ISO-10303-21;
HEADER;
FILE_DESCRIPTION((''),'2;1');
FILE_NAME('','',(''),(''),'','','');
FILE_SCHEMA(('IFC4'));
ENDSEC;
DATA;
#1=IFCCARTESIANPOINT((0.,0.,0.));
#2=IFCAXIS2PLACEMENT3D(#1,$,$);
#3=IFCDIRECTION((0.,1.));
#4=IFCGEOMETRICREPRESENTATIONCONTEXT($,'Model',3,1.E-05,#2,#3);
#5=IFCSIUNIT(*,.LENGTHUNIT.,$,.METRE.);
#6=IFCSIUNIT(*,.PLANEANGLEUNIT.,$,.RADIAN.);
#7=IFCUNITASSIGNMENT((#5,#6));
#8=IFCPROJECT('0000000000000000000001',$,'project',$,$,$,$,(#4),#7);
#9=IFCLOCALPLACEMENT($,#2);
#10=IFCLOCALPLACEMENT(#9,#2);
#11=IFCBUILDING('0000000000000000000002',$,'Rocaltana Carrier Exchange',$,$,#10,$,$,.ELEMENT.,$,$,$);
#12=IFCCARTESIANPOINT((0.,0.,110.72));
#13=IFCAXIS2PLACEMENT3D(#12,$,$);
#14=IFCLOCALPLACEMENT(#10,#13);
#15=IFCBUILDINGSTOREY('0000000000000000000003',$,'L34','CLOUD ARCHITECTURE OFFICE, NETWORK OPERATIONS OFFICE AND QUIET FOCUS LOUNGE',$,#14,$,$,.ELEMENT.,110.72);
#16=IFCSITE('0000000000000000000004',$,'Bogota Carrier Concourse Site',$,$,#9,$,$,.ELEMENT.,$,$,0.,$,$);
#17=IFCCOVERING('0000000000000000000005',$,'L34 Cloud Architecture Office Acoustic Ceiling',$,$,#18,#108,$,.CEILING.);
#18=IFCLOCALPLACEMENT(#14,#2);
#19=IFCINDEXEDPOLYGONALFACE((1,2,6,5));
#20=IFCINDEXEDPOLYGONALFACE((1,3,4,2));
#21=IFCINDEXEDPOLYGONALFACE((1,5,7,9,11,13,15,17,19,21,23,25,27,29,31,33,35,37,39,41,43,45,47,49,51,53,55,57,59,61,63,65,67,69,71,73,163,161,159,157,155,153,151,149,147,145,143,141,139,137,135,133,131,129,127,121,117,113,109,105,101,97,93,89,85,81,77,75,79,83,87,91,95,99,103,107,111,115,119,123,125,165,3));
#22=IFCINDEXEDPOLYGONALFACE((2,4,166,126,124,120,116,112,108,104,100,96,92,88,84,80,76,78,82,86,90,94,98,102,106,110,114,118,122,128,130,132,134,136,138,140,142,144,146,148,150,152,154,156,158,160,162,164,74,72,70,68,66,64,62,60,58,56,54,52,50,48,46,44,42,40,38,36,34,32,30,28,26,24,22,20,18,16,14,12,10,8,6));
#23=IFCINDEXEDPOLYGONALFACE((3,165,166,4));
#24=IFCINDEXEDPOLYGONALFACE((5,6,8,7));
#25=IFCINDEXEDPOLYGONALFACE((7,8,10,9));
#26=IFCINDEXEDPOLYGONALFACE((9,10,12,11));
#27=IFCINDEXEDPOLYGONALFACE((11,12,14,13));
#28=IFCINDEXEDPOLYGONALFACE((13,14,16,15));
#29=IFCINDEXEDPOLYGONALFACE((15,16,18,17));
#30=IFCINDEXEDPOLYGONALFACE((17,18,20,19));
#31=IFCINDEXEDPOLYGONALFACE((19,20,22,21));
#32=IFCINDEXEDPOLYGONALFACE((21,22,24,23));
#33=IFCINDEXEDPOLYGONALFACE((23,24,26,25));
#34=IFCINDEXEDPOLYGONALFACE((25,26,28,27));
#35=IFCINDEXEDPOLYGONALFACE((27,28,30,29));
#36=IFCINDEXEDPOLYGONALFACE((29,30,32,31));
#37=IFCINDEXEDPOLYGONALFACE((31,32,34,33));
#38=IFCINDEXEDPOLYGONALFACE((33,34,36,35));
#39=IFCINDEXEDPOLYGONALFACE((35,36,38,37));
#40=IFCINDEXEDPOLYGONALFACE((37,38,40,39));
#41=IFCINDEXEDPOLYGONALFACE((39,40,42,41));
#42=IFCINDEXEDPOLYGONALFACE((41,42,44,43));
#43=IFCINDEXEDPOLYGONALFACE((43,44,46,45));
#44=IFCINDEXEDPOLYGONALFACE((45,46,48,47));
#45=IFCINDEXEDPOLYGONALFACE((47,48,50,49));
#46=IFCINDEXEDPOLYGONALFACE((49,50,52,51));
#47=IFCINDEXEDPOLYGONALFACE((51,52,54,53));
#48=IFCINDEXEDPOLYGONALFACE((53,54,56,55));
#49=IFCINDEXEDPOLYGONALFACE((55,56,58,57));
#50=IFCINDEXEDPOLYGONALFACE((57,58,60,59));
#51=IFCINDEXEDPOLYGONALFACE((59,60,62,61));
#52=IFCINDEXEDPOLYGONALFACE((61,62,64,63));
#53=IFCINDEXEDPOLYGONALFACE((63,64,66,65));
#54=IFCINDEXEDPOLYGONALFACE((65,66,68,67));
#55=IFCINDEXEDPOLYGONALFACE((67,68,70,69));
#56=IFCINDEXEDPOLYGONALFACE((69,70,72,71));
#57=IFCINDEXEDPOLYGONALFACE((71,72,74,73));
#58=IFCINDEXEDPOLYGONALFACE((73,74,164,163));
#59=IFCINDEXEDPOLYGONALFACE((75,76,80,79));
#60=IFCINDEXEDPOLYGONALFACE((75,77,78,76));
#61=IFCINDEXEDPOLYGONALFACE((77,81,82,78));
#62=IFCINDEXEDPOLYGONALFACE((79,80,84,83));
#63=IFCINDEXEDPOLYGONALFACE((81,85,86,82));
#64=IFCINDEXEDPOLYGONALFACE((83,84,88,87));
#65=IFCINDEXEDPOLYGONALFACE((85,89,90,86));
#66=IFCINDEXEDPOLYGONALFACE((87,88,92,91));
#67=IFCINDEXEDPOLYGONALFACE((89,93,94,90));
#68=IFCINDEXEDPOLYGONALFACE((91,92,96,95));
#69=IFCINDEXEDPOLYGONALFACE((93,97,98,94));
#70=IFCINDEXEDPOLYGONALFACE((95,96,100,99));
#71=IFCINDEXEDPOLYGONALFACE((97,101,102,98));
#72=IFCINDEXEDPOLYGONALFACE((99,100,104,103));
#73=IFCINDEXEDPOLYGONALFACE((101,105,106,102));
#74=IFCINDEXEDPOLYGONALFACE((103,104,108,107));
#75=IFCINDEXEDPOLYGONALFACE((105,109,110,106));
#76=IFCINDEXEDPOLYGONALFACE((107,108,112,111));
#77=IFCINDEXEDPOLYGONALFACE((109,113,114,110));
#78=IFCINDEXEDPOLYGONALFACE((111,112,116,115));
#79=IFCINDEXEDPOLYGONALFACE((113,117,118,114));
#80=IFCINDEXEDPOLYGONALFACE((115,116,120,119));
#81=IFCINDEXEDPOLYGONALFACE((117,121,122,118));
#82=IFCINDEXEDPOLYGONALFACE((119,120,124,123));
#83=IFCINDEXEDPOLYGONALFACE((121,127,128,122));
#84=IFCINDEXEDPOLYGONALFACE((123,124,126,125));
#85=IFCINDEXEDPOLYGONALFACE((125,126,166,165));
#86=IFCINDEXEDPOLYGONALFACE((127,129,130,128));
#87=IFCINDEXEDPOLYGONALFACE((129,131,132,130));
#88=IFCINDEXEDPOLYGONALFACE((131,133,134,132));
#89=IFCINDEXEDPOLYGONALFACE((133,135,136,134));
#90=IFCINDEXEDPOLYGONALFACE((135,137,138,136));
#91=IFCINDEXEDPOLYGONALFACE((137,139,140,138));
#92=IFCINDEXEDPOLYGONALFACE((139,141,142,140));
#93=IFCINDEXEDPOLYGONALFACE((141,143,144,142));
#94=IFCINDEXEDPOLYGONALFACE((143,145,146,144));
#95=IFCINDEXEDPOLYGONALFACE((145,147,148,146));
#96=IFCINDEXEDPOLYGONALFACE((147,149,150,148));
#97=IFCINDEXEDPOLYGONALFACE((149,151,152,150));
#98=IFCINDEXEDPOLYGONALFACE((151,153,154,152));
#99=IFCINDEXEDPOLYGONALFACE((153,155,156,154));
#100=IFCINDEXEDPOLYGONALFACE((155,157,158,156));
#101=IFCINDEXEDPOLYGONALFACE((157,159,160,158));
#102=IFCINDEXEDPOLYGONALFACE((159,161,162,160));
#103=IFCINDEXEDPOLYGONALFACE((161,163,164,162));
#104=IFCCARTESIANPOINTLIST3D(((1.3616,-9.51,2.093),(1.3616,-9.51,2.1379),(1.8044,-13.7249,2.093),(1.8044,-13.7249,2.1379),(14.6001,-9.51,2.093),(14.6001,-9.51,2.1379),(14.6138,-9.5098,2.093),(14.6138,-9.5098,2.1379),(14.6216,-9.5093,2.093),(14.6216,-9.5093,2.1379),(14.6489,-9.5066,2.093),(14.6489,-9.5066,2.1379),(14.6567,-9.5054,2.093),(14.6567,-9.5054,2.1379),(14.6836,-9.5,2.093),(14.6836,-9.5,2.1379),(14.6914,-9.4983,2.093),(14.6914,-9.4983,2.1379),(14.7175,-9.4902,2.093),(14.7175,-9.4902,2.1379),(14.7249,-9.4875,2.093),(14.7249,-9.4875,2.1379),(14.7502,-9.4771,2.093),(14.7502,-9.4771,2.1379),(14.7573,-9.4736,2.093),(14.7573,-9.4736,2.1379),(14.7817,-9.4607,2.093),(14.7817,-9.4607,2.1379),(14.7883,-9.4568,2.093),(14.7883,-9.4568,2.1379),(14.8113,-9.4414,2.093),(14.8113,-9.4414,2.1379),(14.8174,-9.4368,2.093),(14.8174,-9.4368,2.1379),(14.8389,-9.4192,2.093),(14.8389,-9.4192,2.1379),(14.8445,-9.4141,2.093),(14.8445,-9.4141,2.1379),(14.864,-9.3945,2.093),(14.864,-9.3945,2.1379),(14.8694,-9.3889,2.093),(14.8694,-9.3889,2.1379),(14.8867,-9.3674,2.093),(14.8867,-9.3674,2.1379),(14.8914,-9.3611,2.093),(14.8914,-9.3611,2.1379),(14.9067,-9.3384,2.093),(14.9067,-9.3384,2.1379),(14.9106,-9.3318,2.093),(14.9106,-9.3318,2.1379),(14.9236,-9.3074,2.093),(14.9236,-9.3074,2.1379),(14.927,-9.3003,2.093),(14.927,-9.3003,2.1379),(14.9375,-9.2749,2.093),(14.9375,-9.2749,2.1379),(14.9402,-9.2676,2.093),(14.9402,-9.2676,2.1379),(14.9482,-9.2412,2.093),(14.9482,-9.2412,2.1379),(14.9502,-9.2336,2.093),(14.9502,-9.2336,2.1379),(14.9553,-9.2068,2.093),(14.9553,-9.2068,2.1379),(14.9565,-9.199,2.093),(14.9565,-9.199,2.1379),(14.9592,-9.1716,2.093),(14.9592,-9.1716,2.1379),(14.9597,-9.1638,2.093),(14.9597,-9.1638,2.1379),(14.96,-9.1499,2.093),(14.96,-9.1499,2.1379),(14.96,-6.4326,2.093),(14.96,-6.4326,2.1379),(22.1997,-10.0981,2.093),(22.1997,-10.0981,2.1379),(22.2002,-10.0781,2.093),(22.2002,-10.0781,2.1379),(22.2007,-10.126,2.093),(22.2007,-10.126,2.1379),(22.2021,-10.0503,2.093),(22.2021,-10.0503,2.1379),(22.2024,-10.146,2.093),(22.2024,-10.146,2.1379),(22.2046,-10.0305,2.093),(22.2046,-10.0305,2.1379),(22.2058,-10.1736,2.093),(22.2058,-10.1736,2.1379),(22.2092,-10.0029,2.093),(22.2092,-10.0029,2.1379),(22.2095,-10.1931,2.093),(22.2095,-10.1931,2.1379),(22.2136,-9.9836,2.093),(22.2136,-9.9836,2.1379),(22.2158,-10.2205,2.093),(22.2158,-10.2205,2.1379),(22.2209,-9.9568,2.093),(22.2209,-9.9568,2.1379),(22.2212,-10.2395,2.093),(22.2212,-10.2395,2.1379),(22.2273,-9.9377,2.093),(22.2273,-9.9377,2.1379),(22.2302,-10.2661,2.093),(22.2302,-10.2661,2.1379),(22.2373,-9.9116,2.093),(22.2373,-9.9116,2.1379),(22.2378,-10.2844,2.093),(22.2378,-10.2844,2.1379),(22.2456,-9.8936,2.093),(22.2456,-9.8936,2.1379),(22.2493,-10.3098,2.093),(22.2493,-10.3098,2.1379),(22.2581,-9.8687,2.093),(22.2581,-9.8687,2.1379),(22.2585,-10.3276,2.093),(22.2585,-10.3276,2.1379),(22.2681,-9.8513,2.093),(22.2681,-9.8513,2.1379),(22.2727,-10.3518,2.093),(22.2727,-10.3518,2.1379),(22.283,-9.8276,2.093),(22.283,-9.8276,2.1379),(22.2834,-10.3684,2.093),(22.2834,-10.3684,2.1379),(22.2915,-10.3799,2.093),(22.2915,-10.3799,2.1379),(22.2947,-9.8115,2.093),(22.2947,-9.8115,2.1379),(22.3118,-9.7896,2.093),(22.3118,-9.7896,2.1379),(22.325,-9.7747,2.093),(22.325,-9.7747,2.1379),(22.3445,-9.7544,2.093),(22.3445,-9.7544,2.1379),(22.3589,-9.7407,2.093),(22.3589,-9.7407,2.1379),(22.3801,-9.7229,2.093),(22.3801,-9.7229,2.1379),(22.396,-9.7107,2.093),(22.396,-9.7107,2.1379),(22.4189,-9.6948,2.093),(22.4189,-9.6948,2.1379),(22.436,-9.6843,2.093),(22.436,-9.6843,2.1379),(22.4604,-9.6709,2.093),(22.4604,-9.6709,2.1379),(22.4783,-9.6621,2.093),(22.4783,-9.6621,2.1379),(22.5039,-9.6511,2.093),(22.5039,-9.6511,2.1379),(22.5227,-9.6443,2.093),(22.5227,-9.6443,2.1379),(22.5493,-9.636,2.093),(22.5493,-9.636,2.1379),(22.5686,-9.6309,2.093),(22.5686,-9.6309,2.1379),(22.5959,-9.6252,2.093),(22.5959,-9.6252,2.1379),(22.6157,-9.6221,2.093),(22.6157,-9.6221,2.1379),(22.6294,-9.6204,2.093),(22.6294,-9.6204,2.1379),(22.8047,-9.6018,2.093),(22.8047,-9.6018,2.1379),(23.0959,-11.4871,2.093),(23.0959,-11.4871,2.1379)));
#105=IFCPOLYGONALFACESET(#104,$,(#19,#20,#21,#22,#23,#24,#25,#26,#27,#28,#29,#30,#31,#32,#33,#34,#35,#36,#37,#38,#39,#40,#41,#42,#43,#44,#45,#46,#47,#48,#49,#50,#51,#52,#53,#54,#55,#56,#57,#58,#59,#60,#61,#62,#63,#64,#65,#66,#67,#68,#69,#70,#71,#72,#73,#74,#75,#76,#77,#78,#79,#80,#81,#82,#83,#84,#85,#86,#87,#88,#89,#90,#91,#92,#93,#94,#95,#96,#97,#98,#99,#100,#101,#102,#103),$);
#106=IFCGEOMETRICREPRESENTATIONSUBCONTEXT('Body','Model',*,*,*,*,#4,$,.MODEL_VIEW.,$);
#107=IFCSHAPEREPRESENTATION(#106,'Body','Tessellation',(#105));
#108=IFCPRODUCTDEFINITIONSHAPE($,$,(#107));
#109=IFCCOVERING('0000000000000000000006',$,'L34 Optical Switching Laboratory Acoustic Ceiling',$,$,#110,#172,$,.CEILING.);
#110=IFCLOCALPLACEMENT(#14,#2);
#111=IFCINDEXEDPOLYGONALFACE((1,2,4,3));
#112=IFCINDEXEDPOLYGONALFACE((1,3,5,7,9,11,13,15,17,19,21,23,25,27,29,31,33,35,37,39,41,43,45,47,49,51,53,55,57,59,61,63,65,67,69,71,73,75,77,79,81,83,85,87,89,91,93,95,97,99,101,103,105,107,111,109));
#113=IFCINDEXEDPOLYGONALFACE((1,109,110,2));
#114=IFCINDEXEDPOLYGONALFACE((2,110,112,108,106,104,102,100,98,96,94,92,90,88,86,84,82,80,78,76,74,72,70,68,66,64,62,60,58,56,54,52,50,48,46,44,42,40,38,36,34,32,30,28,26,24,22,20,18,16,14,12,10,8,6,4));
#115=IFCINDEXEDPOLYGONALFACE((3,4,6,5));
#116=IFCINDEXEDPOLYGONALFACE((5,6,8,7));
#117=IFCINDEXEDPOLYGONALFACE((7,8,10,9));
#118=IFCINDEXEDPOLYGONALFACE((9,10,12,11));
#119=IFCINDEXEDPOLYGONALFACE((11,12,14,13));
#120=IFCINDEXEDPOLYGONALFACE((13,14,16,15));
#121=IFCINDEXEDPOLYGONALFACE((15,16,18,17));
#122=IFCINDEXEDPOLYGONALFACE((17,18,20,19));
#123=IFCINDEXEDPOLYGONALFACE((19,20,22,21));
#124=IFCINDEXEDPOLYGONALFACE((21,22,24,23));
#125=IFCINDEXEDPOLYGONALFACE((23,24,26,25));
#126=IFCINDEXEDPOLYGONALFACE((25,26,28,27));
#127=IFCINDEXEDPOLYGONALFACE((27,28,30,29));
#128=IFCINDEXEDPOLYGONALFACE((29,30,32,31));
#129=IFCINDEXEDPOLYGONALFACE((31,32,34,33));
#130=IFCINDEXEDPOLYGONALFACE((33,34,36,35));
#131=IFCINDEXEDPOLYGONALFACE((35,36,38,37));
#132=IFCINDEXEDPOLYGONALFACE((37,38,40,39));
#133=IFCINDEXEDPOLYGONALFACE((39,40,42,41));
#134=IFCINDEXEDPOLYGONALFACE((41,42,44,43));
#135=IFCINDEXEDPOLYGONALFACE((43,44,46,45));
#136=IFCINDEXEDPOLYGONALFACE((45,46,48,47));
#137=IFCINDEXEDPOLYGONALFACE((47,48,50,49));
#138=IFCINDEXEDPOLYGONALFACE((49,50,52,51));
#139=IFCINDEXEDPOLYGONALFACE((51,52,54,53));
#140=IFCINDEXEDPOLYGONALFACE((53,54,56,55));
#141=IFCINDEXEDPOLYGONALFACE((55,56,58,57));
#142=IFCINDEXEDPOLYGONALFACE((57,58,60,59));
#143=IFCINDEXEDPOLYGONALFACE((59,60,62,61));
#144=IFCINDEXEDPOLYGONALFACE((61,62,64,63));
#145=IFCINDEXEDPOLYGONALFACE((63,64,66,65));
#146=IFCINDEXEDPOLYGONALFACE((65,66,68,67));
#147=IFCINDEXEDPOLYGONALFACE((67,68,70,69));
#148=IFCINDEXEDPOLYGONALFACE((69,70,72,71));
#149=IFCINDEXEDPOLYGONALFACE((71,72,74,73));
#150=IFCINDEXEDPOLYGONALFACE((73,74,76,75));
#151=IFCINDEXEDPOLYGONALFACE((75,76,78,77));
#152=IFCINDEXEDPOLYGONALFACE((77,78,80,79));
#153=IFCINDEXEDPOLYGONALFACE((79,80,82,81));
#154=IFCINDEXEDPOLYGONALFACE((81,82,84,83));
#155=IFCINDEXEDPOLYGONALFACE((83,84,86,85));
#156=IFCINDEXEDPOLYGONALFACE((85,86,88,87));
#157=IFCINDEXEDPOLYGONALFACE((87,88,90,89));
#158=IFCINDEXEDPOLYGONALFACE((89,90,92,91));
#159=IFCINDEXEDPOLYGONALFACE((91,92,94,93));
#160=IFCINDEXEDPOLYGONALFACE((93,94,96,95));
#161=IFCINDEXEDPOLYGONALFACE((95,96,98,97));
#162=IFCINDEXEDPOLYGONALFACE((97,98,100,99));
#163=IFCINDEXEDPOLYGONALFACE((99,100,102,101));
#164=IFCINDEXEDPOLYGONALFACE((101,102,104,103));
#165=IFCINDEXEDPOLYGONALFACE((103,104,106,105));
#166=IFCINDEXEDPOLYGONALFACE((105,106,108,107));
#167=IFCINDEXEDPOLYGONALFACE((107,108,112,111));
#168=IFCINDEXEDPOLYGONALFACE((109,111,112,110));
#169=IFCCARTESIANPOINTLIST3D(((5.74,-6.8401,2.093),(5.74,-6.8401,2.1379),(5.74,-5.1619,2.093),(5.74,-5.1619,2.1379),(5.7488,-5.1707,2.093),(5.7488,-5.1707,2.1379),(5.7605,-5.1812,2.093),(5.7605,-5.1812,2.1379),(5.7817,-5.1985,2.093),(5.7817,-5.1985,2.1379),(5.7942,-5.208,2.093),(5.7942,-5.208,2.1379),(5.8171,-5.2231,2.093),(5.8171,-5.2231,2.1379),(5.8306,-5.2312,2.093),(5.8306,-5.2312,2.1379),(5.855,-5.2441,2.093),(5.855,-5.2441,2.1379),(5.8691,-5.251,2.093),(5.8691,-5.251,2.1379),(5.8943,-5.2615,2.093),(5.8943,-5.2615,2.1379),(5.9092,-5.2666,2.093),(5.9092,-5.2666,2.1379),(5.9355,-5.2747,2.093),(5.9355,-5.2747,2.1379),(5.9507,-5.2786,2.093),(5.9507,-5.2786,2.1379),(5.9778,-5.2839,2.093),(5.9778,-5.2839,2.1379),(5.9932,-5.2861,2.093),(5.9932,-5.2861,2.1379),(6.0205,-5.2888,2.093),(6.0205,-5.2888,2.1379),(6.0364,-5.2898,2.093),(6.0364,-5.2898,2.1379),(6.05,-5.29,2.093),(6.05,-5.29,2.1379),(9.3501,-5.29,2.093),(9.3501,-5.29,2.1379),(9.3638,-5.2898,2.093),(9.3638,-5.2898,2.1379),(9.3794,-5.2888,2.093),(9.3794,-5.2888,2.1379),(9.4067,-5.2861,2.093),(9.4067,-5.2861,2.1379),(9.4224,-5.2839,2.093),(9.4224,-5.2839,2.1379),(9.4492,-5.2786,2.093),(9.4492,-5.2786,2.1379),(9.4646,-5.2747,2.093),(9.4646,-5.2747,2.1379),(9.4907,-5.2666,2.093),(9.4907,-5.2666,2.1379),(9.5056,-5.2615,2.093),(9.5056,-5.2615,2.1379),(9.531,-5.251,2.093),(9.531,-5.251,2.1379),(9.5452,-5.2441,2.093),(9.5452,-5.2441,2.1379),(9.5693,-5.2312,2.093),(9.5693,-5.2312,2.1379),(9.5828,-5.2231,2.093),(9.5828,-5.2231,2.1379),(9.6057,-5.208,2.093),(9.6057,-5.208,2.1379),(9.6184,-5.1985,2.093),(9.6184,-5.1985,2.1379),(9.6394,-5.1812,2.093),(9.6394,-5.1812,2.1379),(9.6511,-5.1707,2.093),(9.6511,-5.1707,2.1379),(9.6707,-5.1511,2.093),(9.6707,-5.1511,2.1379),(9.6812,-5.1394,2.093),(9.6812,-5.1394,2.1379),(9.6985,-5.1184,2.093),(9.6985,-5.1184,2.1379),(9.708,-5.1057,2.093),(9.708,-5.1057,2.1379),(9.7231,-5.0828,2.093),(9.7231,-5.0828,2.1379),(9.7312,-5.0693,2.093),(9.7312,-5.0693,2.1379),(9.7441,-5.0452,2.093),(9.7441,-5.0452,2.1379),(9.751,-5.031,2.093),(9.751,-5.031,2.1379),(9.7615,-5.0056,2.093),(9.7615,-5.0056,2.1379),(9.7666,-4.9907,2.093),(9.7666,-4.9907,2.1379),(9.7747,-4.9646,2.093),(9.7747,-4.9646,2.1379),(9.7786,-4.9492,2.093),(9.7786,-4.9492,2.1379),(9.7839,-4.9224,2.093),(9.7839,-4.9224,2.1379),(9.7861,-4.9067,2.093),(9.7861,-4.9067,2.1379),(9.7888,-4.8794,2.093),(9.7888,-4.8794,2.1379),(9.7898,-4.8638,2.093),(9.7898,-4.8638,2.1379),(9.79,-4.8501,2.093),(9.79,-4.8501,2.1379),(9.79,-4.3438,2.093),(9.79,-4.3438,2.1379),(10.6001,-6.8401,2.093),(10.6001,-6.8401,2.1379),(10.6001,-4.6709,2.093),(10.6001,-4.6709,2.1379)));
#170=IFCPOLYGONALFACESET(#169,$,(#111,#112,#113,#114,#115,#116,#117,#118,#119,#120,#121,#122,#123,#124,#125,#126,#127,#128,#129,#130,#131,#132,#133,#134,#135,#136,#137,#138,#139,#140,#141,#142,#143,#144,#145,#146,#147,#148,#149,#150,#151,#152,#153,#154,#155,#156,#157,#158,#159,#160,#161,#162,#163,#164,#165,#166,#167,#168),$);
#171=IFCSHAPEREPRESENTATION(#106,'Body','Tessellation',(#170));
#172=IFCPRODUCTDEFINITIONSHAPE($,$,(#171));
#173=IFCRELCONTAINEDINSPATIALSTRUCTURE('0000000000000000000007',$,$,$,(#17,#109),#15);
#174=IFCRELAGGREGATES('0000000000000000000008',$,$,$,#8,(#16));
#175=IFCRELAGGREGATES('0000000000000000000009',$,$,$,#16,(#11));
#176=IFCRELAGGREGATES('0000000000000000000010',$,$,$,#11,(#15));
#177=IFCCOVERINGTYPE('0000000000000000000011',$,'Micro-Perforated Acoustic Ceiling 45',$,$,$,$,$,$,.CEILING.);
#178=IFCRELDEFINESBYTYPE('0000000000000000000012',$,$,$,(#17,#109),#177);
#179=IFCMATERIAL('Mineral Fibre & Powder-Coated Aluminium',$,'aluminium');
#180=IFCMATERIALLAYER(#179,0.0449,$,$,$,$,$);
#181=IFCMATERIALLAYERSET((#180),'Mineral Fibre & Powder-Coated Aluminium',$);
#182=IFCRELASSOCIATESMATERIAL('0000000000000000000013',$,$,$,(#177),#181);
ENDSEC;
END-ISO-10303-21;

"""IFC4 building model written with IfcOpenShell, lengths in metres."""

from ifc_helpers import new_model, si_unit, direction, frame, origin, place, context, subcontext, project, spatial, polyline, outline, extrude, material, layer, layer_set, type_object, element, save


model = new_model("IFC4")

# Units and contexts
model_context = context("Model", 3, precision=1e-05, world=origin(), true_north=direction((0.0, 1.0)))
body_context = subcontext(model_context, "Body", "Model", "MODEL_VIEW")
ifc_project = project(units=[si_unit("LENGTHUNIT", "METRE"), si_unit("PLANEANGLEUNIT", "RADIAN")], contexts=[model_context])

# Site, building, storey
site_placement = place(None, origin())
site = spatial("IfcSite", under=ifc_project, at=site_placement, Name="Bogota Carrier Concourse Site", CompositionType="ELEMENT", RefElevation=0.0)
building_placement = place(site_placement, origin())
building = spatial("IfcBuilding", under=site, at=building_placement, Name="Rocaltana Carrier Exchange", CompositionType="ELEMENT")
storey_placement = place(building_placement, frame((0.0, 0.0, 110.72)))
storey = spatial("IfcBuildingStorey", under=building, at=storey_placement, Name="L34", Description="CLOUD ARCHITECTURE OFFICE, NETWORK OPERATIONS OFFICE AND QUIET FOCUS LOUNGE", CompositionType="ELEMENT", Elevation=110.72)

# Coverings
ifc_material_1 = material(Name="Mineral Fibre & Powder-Coated Aluminium", Category="aluminium")
ifc_layer_1 = layer(ifc_material_1, 0.0449)
ifc_layer_set_1 = layer_set([ifc_layer_1], Name="Mineral Fibre & Powder-Coated Aluminium")
covering_type_1 = type_object("IfcCoveringType", Name="Micro-Perforated Acoustic Ceiling 45", PredefinedType="CEILING", material=ifc_layer_set_1)
covering_1_placement = place(storey_placement, frame((0.0, 0.0, 2.093)))
element("IfcCovering", 1, at=covering_1_placement, inside=storey, type_object=covering_type_1, Name="L34 Cloud Architecture Office Acoustic Ceiling", PredefinedType="CEILING", context=body_context, shape_type="SweptSolid", body=[
    extrude(outline(polyline([(22.6294, -9.6204), (22.6157, -9.6221), (22.5959, -9.6252), (22.5686, -9.6309), (22.5493, -9.636), (22.5227, -9.6443), (22.5039, -9.6511), (22.4783, -9.6621), (22.4604, -9.6709), (22.436, -9.6843), (22.4189, -9.6948), (22.396, -9.7107), (22.3801, -9.7229), (22.3589, -9.7407), (22.3445, -9.7544), (22.325, -9.7747), (22.3118, -9.7896), (22.2947, -9.8115), (22.283, -9.8276), (22.2681, -9.8513), (22.2581, -9.8687), (22.2456, -9.8936), (22.2373, -9.9116), (22.2273, -9.9377), (22.2209, -9.9568), (22.2136, -9.9836), (22.2092, -10.0029), (22.2046, -10.0305), (22.2021, -10.0503), (22.2002, -10.0781), (22.1997, -10.0981), (22.2007, -10.126), (22.2024, -10.146), (22.2058, -10.1736), (22.2095, -10.1931), (22.2158, -10.2205), (22.2212, -10.2395), (22.2302, -10.2661), (22.2378, -10.2844), (22.2493, -10.3098), (22.2585, -10.3276), (22.2727, -10.3518), (22.2834, -10.3684), (22.2915, -10.3799), (23.0959, -11.4871), (1.8044, -13.7249), (1.3616, -9.51), (14.6001, -9.51), (14.6138, -9.5098), (14.6216, -9.5093), (14.6489, -9.5066), (14.6567, -9.5054), (14.6836, -9.5), (14.6914, -9.4983), (14.7175, -9.4902), (14.7249, -9.4875), (14.7502, -9.4771), (14.7573, -9.4736), (14.7817, -9.4607), (14.7883, -9.4568), (14.8113, -9.4414), (14.8174, -9.4368), (14.8389, -9.4192), (14.8445, -9.4141), (14.864, -9.3945), (14.8694, -9.3889), (14.8867, -9.3674), (14.8914, -9.3611), (14.9067, -9.3384), (14.9106, -9.3318), (14.9236, -9.3074), (14.927, -9.3003), (14.9375, -9.2749), (14.9402, -9.2676), (14.9482, -9.2412), (14.9502, -9.2336), (14.9553, -9.2068), (14.9565, -9.199), (14.9592, -9.1716), (14.9597, -9.1638), (14.96, -9.1499), (14.96, -6.4326), (22.8047, -9.6018), (22.6294, -9.6204)])), origin(), (0.0, 0.0, 1.0), 0.0449),
])
covering_2_placement = place(storey_placement, frame((0.0, 0.0, 2.093)))
element("IfcCovering", 2, at=covering_2_placement, inside=storey, type_object=covering_type_1, Name="L34 Optical Switching Laboratory Acoustic Ceiling", PredefinedType="CEILING", context=body_context, shape_type="SweptSolid", body=[
    extrude(outline(polyline([(5.74, -6.8401), (5.74, -5.1619), (5.7488, -5.1707), (5.7605, -5.1812), (5.7817, -5.1985), (5.7942, -5.208), (5.8171, -5.2231), (5.8306, -5.2312), (5.855, -5.2441), (5.8691, -5.251), (5.8943, -5.2615), (5.9092, -5.2666), (5.9355, -5.2747), (5.9507, -5.2786), (5.9778, -5.2839), (5.9932, -5.2861), (6.0205, -5.2888), (6.0364, -5.2898), (6.05, -5.29), (9.3501, -5.29), (9.3638, -5.2898), (9.3794, -5.2888), (9.4067, -5.2861), (9.4224, -5.2839), (9.4492, -5.2786), (9.4646, -5.2747), (9.4907, -5.2666), (9.5056, -5.2615), (9.531, -5.251), (9.5452, -5.2441), (9.5693, -5.2312), (9.5828, -5.2231), (9.6057, -5.208), (9.6184, -5.1985), (9.6394, -5.1812), (9.6511, -5.1707), (9.6707, -5.1511), (9.6812, -5.1394), (9.6985, -5.1184), (9.708, -5.1057), (9.7231, -5.0828), (9.7312, -5.0693), (9.7441, -5.0452), (9.751, -5.031), (9.7615, -5.0056), (9.7666, -4.9907), (9.7747, -4.9646), (9.7786, -4.9492), (9.7839, -4.9224), (9.7861, -4.9067), (9.7888, -4.8794), (9.7898, -4.8638), (9.79, -4.8501), (9.79, -4.3438), (10.6001, -4.6709), (10.6001, -6.8401), (5.74, -6.8401)])), origin(), (0.0, 0.0, 1.0), 0.0449),
])

save(model, "model.ifc")
